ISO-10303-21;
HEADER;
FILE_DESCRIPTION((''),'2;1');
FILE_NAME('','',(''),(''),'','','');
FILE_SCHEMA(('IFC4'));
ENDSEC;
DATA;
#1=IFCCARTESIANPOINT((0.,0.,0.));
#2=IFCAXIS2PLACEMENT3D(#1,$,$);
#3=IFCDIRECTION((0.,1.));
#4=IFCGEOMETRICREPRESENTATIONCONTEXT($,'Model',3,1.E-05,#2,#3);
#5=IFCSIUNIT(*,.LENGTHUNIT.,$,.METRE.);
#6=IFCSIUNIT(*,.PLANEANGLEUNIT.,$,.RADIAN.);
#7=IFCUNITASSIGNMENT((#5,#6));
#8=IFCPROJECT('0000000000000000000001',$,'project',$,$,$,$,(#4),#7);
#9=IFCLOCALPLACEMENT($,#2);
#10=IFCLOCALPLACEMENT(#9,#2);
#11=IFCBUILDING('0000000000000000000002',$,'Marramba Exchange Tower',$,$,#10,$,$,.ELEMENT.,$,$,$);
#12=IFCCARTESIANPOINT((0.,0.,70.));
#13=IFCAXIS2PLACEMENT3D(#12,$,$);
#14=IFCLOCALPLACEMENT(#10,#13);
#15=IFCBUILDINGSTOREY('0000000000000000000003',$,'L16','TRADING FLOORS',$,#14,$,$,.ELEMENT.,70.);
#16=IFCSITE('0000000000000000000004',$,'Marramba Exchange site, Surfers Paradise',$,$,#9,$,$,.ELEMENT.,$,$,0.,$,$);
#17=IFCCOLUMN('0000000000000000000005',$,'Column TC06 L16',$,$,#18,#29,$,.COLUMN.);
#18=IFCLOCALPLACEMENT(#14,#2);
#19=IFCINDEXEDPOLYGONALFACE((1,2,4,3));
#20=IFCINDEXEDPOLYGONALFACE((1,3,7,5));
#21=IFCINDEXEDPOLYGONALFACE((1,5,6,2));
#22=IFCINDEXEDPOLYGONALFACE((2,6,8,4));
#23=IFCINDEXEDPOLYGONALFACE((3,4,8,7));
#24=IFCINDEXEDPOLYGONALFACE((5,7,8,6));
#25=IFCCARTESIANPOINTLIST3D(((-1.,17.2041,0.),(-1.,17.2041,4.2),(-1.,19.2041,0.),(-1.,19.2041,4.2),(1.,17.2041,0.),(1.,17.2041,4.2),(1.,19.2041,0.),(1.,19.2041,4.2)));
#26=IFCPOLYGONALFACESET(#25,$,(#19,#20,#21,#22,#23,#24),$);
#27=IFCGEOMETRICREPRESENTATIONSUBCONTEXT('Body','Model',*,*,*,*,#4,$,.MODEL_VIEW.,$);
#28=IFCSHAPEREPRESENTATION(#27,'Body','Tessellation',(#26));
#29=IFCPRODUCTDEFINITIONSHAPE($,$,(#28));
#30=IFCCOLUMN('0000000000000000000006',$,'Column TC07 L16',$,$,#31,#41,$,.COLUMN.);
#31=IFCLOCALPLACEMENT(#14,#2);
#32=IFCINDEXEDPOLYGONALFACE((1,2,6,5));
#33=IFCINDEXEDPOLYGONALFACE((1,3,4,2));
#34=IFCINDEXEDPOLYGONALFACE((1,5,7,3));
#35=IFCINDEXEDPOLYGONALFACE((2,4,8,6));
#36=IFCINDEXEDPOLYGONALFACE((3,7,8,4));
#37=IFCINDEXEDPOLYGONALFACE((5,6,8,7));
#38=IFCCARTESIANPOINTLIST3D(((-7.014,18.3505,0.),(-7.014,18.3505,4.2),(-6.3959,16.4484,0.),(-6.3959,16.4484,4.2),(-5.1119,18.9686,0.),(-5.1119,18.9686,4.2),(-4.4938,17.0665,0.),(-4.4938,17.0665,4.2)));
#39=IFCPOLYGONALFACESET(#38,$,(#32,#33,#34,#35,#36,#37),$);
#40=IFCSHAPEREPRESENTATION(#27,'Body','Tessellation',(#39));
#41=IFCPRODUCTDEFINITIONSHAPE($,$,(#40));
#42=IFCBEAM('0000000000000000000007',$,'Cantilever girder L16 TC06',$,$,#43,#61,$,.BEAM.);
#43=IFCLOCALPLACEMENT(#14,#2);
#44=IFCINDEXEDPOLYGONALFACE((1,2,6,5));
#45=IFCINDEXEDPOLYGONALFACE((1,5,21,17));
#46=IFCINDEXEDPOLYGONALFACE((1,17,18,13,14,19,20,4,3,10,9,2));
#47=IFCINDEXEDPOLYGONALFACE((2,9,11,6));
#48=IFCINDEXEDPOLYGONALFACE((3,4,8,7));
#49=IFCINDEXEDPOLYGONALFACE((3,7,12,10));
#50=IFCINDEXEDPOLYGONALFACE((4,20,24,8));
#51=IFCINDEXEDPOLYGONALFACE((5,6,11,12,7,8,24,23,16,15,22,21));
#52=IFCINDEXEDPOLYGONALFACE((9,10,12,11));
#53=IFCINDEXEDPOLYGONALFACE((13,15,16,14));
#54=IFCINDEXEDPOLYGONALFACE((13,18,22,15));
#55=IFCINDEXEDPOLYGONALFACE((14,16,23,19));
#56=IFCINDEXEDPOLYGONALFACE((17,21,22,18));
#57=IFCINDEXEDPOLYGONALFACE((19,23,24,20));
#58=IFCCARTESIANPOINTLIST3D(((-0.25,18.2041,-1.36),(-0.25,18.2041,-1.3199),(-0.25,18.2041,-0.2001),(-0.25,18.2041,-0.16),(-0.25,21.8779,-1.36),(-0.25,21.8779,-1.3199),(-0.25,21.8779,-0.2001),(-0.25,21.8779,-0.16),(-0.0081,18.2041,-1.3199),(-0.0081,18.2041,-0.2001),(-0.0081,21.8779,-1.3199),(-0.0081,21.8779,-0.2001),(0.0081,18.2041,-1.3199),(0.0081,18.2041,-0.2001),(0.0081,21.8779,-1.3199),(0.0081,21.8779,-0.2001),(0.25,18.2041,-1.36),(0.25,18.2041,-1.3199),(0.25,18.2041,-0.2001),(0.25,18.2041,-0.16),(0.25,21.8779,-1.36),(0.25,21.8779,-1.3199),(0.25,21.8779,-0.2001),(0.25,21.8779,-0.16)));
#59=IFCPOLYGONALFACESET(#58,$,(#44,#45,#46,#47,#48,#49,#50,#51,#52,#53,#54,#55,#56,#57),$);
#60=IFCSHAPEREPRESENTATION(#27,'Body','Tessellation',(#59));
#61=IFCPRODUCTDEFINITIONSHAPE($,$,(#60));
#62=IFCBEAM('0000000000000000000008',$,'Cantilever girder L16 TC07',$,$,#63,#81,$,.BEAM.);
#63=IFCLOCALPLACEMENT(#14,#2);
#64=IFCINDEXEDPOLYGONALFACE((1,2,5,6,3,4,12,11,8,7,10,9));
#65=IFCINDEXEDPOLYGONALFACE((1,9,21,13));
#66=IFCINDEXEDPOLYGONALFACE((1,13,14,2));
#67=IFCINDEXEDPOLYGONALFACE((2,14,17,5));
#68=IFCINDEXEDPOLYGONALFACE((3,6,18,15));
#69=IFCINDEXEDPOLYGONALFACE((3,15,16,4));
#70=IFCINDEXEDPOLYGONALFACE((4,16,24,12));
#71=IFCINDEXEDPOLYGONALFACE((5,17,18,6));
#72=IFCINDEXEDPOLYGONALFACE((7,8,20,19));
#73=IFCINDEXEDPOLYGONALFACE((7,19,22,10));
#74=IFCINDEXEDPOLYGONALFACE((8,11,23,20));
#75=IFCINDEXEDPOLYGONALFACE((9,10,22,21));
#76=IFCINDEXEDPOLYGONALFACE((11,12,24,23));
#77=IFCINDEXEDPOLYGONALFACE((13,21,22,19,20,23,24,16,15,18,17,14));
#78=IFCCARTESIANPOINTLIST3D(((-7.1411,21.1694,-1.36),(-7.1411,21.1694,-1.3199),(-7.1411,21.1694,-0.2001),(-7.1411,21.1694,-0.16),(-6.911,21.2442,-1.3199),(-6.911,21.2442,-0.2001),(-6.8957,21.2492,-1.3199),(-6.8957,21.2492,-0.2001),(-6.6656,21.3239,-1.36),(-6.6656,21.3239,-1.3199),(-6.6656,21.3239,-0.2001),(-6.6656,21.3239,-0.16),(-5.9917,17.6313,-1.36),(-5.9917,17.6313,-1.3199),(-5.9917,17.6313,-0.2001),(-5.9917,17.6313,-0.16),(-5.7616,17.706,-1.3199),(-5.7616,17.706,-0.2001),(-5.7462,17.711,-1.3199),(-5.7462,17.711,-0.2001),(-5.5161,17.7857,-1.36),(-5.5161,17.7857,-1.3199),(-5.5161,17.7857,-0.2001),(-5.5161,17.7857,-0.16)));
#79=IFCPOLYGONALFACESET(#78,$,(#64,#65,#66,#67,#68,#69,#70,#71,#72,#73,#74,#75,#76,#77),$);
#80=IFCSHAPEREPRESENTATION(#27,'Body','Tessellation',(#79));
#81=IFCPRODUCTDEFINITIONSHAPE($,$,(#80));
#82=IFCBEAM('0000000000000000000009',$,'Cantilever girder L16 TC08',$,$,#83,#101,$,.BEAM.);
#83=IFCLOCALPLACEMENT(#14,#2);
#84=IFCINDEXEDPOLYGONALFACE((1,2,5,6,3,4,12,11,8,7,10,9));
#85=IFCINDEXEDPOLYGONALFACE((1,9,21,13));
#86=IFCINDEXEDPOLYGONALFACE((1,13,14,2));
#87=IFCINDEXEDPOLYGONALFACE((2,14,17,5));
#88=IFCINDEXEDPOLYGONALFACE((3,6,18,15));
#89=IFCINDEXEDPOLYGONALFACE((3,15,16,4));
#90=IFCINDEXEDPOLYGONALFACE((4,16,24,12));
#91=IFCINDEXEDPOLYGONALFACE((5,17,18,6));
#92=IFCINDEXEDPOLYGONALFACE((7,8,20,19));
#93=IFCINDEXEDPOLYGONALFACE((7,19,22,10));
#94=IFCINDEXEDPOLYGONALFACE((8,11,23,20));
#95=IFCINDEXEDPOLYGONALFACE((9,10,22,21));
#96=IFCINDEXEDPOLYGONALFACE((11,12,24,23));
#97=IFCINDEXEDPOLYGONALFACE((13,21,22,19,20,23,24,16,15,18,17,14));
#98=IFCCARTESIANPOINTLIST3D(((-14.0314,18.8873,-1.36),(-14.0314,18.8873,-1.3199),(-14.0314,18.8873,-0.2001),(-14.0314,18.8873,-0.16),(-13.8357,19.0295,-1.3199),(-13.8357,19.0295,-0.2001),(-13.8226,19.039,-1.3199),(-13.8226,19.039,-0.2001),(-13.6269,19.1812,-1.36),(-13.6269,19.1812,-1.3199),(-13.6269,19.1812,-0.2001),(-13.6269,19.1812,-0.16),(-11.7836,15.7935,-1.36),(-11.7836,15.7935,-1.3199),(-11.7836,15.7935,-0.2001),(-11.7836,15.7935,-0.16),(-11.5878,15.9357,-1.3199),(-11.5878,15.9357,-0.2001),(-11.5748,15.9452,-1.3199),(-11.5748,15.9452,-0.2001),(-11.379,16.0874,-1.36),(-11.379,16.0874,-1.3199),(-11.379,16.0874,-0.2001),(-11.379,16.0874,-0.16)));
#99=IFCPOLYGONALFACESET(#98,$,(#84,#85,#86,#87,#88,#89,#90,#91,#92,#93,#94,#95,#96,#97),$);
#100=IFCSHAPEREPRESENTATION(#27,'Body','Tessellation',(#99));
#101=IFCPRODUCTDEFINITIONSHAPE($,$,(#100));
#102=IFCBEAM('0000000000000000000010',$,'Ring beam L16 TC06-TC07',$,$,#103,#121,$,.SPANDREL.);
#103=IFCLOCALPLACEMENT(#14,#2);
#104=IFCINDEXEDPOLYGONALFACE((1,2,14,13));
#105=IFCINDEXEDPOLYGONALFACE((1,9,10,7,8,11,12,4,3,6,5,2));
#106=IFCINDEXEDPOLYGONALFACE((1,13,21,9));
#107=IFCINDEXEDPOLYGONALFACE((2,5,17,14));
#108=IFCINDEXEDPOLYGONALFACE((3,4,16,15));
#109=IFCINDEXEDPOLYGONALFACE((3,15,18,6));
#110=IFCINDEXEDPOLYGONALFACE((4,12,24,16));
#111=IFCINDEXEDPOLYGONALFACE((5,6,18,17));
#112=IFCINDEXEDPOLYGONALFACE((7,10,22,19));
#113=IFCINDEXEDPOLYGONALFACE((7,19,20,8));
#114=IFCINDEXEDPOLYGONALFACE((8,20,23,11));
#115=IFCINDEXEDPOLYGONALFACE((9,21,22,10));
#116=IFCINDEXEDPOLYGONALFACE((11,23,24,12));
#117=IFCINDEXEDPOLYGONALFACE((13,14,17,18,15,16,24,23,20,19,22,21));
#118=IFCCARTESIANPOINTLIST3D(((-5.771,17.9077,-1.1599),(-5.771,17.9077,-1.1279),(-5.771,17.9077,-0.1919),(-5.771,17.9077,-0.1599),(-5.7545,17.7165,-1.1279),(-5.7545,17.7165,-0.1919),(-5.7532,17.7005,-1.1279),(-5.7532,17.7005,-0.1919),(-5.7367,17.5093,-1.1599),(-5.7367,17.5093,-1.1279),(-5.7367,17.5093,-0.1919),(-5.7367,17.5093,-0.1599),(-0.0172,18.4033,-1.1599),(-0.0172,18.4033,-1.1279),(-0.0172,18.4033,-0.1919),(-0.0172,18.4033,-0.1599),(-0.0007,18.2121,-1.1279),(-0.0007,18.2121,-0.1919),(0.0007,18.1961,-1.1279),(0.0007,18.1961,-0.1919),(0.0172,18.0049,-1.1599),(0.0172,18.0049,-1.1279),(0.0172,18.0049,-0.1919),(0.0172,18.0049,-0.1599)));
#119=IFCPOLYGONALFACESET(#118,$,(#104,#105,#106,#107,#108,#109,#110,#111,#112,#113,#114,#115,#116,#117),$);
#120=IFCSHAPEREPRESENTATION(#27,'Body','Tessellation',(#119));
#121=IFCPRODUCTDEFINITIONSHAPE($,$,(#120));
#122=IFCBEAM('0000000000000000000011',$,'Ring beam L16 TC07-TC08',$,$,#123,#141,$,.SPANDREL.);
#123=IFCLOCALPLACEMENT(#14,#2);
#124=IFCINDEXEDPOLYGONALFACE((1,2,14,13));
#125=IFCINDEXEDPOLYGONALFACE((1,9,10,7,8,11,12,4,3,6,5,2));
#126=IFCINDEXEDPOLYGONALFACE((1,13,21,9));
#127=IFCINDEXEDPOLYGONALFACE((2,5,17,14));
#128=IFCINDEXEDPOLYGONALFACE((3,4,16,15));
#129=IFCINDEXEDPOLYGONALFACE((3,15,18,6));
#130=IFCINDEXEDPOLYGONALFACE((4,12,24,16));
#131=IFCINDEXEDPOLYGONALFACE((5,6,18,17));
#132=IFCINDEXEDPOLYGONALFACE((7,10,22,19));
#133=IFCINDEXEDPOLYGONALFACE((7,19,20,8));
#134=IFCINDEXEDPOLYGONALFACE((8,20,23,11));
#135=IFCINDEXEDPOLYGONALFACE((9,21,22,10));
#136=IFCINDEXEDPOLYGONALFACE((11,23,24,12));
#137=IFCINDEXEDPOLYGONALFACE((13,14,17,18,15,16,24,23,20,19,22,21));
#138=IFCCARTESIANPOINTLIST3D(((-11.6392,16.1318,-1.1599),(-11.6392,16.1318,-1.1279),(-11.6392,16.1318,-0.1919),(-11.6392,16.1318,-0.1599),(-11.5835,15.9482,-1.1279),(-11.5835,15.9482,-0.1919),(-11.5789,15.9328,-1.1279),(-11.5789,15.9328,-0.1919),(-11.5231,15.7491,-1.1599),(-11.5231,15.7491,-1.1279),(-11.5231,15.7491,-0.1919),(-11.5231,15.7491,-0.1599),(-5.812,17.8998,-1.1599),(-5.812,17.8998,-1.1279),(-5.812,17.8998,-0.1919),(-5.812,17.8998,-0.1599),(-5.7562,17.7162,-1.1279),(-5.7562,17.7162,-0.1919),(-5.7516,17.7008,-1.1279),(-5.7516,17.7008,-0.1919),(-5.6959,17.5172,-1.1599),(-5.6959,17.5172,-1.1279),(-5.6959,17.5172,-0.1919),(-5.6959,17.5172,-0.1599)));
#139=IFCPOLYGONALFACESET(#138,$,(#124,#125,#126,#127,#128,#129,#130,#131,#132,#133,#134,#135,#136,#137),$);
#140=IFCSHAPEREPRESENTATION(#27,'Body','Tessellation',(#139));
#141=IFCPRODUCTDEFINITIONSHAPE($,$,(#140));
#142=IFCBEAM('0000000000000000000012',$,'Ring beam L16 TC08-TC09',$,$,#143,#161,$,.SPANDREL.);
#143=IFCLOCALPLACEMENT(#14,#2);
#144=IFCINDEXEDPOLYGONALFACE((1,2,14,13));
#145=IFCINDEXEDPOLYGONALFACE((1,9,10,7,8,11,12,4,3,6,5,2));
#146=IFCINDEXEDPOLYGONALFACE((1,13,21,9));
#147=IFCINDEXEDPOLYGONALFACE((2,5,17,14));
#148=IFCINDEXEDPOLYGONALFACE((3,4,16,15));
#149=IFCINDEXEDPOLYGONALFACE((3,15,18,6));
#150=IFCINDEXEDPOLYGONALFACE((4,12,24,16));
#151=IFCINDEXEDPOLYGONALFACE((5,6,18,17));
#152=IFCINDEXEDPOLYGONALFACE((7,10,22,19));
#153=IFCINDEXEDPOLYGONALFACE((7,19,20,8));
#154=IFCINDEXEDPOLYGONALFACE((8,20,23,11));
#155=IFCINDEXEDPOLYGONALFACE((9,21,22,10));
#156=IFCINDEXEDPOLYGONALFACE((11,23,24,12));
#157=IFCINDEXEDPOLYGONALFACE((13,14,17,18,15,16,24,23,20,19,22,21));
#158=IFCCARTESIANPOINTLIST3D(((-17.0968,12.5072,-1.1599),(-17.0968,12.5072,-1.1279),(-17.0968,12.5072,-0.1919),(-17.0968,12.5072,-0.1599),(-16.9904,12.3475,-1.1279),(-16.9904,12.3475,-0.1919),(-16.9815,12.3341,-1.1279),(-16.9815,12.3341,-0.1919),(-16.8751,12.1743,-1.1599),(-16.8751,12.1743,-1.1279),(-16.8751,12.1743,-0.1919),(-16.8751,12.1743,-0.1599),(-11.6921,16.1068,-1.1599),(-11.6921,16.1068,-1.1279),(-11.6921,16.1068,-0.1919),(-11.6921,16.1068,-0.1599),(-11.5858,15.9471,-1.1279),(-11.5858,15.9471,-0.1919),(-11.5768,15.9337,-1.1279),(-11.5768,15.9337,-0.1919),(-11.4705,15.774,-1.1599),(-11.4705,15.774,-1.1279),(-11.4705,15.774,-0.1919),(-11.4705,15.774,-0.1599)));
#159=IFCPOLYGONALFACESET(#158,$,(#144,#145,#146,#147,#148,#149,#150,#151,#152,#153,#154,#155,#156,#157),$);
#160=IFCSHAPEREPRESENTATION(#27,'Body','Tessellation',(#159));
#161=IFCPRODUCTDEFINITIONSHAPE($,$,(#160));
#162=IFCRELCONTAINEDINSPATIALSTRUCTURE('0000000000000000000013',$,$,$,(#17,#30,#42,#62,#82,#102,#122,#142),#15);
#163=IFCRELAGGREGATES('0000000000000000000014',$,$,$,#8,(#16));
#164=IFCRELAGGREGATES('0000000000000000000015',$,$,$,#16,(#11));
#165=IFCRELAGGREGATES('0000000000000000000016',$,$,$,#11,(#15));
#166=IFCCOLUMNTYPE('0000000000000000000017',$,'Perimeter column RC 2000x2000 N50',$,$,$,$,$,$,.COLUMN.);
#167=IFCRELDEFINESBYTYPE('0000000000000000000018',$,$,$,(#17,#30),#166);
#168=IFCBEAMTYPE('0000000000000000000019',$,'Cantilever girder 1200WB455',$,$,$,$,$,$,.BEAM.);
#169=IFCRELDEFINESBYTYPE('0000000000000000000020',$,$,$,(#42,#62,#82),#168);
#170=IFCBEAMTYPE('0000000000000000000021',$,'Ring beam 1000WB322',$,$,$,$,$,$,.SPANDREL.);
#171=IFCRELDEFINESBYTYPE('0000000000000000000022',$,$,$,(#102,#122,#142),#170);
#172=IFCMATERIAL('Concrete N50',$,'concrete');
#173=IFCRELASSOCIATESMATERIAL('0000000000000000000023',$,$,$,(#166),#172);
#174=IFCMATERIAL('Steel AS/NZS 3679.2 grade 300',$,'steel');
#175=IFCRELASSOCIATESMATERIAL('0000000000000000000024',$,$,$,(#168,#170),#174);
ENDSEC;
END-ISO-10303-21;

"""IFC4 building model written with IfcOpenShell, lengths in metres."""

from ifc_helpers import new_model, si_unit, direction, frame, origin, origin_2d, place, context, subcontext, project, spatial, rectangle, i_section, extrude, material, material_profile, profile_set, type_object, element, save


model = new_model("IFC4")

# Units and contexts
model_context = context("Model", 3, precision=1e-05, world=origin(), true_north=direction((0.0, 1.0)))
body_context = subcontext(model_context, "Body", "Model", "MODEL_VIEW")
ifc_project = project(units=[si_unit("LENGTHUNIT", "METRE"), si_unit("PLANEANGLEUNIT", "RADIAN")], contexts=[model_context])

# Site, building, storey
site_placement = place(None, origin())
site = spatial("IfcSite", under=ifc_project, at=site_placement, Name="Marramba Exchange site, Surfers Paradise", CompositionType="ELEMENT", RefElevation=0.0)
building_placement = place(site_placement, origin())
building = spatial("IfcBuilding", under=site, at=building_placement, Name="Marramba Exchange Tower", CompositionType="ELEMENT")
storey_placement = place(building_placement, frame((0.0, 0.0, 70.0)))
storey = spatial("IfcBuildingStorey", under=building, at=storey_placement, Name="L16", Description="TRADING FLOORS", CompositionType="ELEMENT", Elevation=70.0)

# Columns
ifc_material_1 = material(Name="Concrete N50", Category="concrete")
ifc_material_profile_1 = material_profile(ifc_material_1, rectangle(XDim=2.0, YDim=2.0, at=origin_2d()), Name="RC 2000x2000")
ifc_profile_set_1 = profile_set([ifc_material_profile_1], Name="Concrete N50")
column_type = type_object("IfcColumnType", Name="Perimeter column RC 2000x2000 N50", PredefinedType="COLUMN", material=ifc_profile_set_1)
for number, where, z_axis, x_axis, name in (
    (1, (0.0, 18.2041, 0.0), (0.0, 0.0, 1.0), (0.0, 1.0, 0.0), "Column TC06 L16"),
    (2, (-5.7539, 17.7085, 0.0), (0.0, 0.0, 1.0), (-0.309017, 0.951057, 0.0), "Column TC07 L16"),
):
    element("IfcColumn", number, at=place(storey_placement, frame(where, z_axis=z_axis, x_axis=x_axis)), inside=storey, type_object=column_type, Name=name, PredefinedType="COLUMN", context=body_context, shape_type="SweptSolid", body=[
        extrude(rectangle(XDim=2.0, YDim=2.0, at=origin_2d()), origin(), (0.0, 0.0, 1.0), 4.2),
    ])

# Beams
ifc_material_2 = material(Name="Steel AS/NZS 3679.2 grade 300", Category="steel")
ifc_material_profile_2 = material_profile(ifc_material_2, i_section(OverallWidth=0.5, OverallDepth=1.2, WebThickness=0.0161, FlangeThickness=0.04, at=origin_2d()), Name="1200WB455")
ifc_profile_set_2 = profile_set([ifc_material_profile_2], Name="Steel AS/NZS 3679.2 grade 300")
beam_type_1 = type_object("IfcBeamType", Name="Cantilever girder 1200WB455", PredefinedType="BEAM", material=ifc_profile_set_2)
beam_1_placement = place(storey_placement, frame((0.0, 18.2041, -0.76), z_axis=(0.0, 1.0, 0.0), x_axis=(-1.0, 0.0, 0.0)))
element("IfcBeam", 3, at=beam_1_placement, inside=storey, type_object=beam_type_1, Name="Cantilever girder L16 TC06", PredefinedType="BEAM", context=body_context, shape_type="SweptSolid", body=[
    extrude(i_section(OverallWidth=0.5, OverallDepth=1.2, WebThickness=0.0161, FlangeThickness=0.04, at=origin_2d()), origin(), (0.0, 0.0, 1.0), 3.6738),
])
beam_2_placement = place(storey_placement, frame((-5.7539, 17.7085, -0.76), z_axis=(-0.308973, 0.951071, 0.0), x_axis=(-0.951071, -0.308973, 0.0)))
element("IfcBeam", 4, at=beam_2_placement, inside=storey, type_object=beam_type_1, Name="Cantilever girder L16 TC07", PredefinedType="BEAM", context=body_context, shape_type="SweptSolid", body=[
    extrude(i_section(OverallWidth=0.5, OverallDepth=1.2, WebThickness=0.0161, FlangeThickness=0.04, at=origin_2d()), origin(), (0.0, 0.0, 1.0), 3.7202),
])
beam_3_placement = place(storey_placement, frame((-11.5813, 15.9404, -0.76), z_axis=(-0.587796, 0.809009, 0.0), x_axis=(-0.809009, -0.587796, 0.0)))
element("IfcBeam", 5, at=beam_3_placement, inside=storey, type_object=beam_type_1, Name="Cantilever girder L16 TC08", PredefinedType="BEAM", context=body_context, shape_type="SweptSolid", body=[
    extrude(i_section(OverallWidth=0.5, OverallDepth=1.2, WebThickness=0.0161, FlangeThickness=0.04, at=origin_2d()), origin(), (0.0, 0.0, 1.0), 3.8242),
])
ifc_material_profile_3 = material_profile(ifc_material_2, i_section(OverallWidth=0.3999, OverallDepth=1.0, WebThickness=0.0161, FlangeThickness=0.032, at=origin_2d()), Name="1000WB322")
ifc_profile_set_3 = profile_set([ifc_material_profile_3], Name="Steel AS/NZS 3679.2 grade 300")
beam_type_2 = type_object("IfcBeamType", Name="Ring beam 1000WB322", PredefinedType="SPANDREL", material=ifc_profile_set_3)
beam_4_placement = place(storey_placement, frame((0.0, 18.2041, -0.6599), z_axis=(-0.996311, -0.085816, 0.0), x_axis=(0.085816, -0.996311, 0.0)))
element("IfcBeam", 6, at=beam_4_placement, inside=storey, type_object=beam_type_2, Name="Ring beam L16 TC06-TC07", PredefinedType="SPANDREL", context=body_context, shape_type="SweptSolid", body=[
    extrude(i_section(OverallWidth=0.3999, OverallDepth=1.0, WebThickness=0.0161, FlangeThickness=0.032, at=origin_2d()), origin(), (0.0, 0.0, 1.0), 5.7751),
])
beam_5_placement = place(storey_placement, frame((-5.7539, 17.7085, -0.6599), z_axis=(-0.956925, -0.290337, 0.0), x_axis=(0.290337, -0.956925, 0.0)))
element("IfcBeam", 7, at=beam_5_placement, inside=storey, type_object=beam_type_2, Name="Ring beam L16 TC07-TC08", PredefinedType="SPANDREL", context=body_context, shape_type="SweptSolid", body=[
    extrude(i_section(OverallWidth=0.3999, OverallDepth=1.0, WebThickness=0.0161, FlangeThickness=0.032, at=origin_2d()), origin(), (0.0, 0.0, 1.0), 6.0896),
])
beam_6_placement = place(storey_placement, frame((-11.5813, 15.9404, -0.6599), z_axis=(-0.832293, -0.554336, 0.0), x_axis=(0.554336, -0.832293, 0.0)))
element("IfcBeam", 8, at=beam_6_placement, inside=storey, type_object=beam_type_2, Name="Ring beam L16 TC08-TC09", PredefinedType="SPANDREL", context=body_context, shape_type="SweptSolid", body=[
    extrude(i_section(OverallWidth=0.3999, OverallDepth=1.0, WebThickness=0.0161, FlangeThickness=0.032, at=origin_2d()), origin(), (0.0, 0.0, 1.0), 6.4937),
])

save(model, "model.ifc")
